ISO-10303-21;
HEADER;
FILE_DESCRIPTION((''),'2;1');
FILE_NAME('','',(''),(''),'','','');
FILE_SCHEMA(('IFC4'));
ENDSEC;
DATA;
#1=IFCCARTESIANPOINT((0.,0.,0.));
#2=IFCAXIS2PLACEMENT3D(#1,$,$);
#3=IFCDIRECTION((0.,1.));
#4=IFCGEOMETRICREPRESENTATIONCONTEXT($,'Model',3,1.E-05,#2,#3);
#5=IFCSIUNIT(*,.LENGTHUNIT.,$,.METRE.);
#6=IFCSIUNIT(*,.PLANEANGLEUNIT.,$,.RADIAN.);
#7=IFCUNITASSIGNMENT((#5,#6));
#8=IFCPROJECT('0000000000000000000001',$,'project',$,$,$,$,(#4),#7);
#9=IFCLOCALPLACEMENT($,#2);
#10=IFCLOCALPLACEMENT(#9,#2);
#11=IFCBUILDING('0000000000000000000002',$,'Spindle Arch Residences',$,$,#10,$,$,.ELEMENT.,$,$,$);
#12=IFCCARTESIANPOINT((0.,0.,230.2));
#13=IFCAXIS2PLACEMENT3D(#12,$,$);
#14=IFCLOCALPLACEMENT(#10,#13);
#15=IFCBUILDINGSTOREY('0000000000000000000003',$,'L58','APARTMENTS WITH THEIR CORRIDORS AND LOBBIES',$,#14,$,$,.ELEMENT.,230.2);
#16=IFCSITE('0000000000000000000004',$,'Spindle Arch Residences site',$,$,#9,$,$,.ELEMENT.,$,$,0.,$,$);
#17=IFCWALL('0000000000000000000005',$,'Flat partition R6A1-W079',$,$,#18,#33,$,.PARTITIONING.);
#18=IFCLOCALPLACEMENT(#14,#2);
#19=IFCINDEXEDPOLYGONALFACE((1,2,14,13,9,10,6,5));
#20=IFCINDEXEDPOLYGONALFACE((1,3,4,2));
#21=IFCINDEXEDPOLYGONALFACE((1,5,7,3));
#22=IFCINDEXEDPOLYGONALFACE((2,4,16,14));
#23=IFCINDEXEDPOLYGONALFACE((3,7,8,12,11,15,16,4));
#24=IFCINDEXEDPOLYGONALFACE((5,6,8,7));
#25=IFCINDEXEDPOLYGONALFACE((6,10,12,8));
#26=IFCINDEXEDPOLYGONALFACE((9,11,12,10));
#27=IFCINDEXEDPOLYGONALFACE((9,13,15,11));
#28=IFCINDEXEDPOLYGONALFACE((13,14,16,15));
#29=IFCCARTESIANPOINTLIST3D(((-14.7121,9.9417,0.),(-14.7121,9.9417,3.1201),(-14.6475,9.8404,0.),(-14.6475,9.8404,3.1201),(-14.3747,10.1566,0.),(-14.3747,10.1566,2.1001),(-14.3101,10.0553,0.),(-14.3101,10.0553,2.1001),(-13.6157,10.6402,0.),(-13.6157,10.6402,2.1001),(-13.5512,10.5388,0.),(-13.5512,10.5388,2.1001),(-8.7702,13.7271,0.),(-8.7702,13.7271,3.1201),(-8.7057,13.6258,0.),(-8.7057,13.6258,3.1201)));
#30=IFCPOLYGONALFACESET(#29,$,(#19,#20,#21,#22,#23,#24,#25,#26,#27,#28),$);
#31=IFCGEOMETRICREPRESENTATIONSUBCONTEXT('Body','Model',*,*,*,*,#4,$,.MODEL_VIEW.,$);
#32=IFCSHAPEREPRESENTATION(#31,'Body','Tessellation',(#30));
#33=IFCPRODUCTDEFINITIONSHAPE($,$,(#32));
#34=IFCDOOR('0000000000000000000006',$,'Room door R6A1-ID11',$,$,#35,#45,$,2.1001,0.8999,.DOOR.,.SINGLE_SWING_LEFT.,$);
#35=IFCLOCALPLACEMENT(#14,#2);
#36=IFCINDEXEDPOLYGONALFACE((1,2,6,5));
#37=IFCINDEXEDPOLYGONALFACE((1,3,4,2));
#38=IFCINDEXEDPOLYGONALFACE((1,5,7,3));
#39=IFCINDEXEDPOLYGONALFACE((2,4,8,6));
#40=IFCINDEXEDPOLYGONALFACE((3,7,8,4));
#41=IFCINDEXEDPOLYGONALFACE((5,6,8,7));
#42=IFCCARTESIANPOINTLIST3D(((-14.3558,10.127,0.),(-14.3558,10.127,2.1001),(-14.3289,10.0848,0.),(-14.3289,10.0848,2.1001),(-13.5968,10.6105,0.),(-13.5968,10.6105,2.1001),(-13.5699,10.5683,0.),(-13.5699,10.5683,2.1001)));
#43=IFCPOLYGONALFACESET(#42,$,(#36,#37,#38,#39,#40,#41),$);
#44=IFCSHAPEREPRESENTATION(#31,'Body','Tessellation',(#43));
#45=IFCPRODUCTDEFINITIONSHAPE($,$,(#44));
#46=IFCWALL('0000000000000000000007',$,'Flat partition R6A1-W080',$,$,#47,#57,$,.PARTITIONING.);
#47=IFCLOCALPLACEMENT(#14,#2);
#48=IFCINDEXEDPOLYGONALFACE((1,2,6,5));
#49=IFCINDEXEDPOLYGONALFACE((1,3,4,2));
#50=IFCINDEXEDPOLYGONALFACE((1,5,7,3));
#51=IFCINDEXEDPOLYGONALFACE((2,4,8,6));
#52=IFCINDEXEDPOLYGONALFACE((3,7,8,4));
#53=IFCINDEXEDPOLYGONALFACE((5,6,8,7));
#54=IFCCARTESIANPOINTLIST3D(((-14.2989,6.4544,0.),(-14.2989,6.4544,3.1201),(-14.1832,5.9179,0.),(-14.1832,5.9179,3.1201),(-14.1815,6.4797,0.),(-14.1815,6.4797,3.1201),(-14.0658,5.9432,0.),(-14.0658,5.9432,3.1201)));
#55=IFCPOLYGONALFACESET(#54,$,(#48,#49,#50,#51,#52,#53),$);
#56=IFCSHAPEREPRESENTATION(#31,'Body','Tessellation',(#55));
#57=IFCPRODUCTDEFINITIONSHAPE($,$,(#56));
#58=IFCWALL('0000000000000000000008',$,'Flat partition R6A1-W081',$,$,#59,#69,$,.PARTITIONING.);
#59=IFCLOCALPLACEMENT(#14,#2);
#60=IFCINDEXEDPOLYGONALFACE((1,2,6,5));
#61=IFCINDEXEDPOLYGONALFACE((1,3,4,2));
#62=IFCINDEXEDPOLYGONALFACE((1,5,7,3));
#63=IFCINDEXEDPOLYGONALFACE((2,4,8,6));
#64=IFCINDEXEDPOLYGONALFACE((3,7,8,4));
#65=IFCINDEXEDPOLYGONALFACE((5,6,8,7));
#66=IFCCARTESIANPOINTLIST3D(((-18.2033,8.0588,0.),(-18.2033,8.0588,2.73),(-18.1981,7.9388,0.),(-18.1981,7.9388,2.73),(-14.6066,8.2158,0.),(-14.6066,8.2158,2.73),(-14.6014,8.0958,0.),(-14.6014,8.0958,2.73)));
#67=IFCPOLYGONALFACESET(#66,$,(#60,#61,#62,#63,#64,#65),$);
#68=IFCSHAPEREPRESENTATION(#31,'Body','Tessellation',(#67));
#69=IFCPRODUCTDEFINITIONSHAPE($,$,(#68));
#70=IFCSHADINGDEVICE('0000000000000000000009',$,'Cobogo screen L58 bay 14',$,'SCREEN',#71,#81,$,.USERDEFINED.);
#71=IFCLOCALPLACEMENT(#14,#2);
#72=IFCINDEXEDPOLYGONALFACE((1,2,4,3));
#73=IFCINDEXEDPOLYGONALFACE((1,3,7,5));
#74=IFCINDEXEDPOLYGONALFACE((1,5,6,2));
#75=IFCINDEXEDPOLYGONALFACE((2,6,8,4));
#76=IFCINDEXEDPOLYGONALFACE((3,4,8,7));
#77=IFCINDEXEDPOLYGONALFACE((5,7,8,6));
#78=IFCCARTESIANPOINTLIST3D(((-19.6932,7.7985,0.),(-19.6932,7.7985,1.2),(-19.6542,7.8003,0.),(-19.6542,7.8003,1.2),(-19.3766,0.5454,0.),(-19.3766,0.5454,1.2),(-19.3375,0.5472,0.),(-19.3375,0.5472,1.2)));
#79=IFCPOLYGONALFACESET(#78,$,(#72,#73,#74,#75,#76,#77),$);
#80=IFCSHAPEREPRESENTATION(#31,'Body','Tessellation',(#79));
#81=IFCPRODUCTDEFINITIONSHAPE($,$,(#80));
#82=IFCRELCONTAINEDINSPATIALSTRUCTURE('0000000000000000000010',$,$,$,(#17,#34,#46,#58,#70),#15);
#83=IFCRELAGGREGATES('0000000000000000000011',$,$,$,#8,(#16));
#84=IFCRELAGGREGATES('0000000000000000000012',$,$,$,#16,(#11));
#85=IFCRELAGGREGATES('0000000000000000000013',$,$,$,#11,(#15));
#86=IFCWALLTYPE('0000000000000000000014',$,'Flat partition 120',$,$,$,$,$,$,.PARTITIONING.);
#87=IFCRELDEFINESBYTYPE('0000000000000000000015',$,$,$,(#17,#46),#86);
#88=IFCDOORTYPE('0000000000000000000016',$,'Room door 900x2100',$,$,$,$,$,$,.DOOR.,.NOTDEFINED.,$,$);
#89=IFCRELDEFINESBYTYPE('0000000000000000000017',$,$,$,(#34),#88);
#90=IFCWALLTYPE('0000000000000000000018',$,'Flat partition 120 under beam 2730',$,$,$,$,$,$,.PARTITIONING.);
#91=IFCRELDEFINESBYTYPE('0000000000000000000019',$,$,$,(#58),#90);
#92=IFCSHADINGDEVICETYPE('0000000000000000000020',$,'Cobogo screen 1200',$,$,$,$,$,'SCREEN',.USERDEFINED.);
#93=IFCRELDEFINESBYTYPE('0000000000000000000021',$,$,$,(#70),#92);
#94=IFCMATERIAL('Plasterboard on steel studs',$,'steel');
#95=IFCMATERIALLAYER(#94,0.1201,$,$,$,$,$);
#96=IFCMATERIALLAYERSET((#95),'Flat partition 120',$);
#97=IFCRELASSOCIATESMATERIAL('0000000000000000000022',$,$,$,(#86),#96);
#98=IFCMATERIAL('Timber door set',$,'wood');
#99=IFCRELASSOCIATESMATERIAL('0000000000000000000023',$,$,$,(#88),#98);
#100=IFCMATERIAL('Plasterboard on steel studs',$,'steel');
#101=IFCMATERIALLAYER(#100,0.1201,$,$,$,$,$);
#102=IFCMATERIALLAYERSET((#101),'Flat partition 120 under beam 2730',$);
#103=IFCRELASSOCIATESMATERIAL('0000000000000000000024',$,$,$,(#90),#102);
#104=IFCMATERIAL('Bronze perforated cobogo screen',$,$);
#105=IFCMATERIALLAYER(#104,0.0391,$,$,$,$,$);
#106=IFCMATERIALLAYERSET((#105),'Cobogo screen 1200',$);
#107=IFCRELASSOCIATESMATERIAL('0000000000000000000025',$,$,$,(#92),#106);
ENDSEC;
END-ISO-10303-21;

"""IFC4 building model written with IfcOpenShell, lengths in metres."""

from ifc_helpers import new_model, si_unit, direction, frame, frame_2d, origin, origin_2d, place, context, subcontext, project, spatial, rectangle, extrude, material, layer, layer_set, type_object, element, fill, save


model = new_model("IFC4")

# Units and contexts
model_context = context("Model", 3, precision=1e-05, world=origin(), true_north=direction((0.0, 1.0)))
body_context = subcontext(model_context, "Body", "Model", "MODEL_VIEW")
ifc_project = project(units=[si_unit("LENGTHUNIT", "METRE"), si_unit("PLANEANGLEUNIT", "RADIAN")], contexts=[model_context])

# Site, building, storey
site_placement = place(None, origin())
site = spatial("IfcSite", under=ifc_project, at=site_placement, Name="Spindle Arch Residences site", CompositionType="ELEMENT", RefElevation=0.0)
building_placement = place(site_placement, origin())
building = spatial("IfcBuilding", under=site, at=building_placement, Name="Spindle Arch Residences", CompositionType="ELEMENT")
storey_placement = place(building_placement, frame((0.0, 0.0, 230.2)))
storey = spatial("IfcBuildingStorey", under=building, at=storey_placement, Name="L58", Description="APARTMENTS WITH THEIR CORRIDORS AND LOBBIES", CompositionType="ELEMENT", Elevation=230.2)

# Shared definitions
ifc_material_1 = material(Name="Plasterboard on steel studs", Category="steel")
ifc_layer_1 = layer(ifc_material_1, 0.1201)
ifc_layer_set_1 = layer_set([ifc_layer_1], Name="Flat partition 120")
wall_type_1 = type_object("IfcWallType", Name="Flat partition 120", PredefinedType="PARTITIONING", material=ifc_layer_set_1)

# Wall, opening, door
ifc_material_2 = material(Name="Timber door set", Category="wood")
door_type_1 = type_object("IfcDoorType", Name="Room door 900x2100", OperationType="NOTDEFINED", PredefinedType="DOOR", material=ifc_material_2)
wall_1_placement = place(storey_placement, frame((-14.6797, 9.8911, 0.0), z_axis=(0.0, 0.0, 1.0), x_axis=(0.843392, 0.537299, 0.0)))
wall_1 = element("IfcWall", 1, at=wall_1_placement, inside=storey, type_object=wall_type_1, Name="Flat partition R6A1-W079", PredefinedType="PARTITIONING", context=body_context, shape_type="SweptSolid", body=[
    extrude(rectangle(XDim=7.0452, YDim=0.1201, at=frame_2d((3.5225, 0.0))), origin(), (0.0, 0.0, 1.0), 3.1201),
])
opening_1_placement = place(wall_1_placement, frame((0.3999, 0.0, 0.0)))
opening_1 = element("IfcOpeningElement", 2, at=opening_1_placement, cuts=wall_1, PredefinedType="OPENING", context=body_context, shape_type="SweptSolid", body=[
    extrude(rectangle(XDim=0.8999, YDim=2.1001, at=frame_2d((0.45, 1.05))), frame((0.0, 0.0701, 0.0), z_axis=(0.0, -1.0, 0.0), x_axis=(1.0, 0.0, 0.0)), (0.0, 0.0, 1.0), 0.1401),
])
door_1_placement = place(opening_1_placement, origin())
door_1 = element("IfcDoor", 3, at=door_1_placement, inside=storey, type_object=door_type_1, Name="Room door R6A1-ID11", OperationType="SINGLE_SWING_LEFT", OverallHeight=2.1001, OverallWidth=0.8999, PredefinedType="DOOR", context=body_context, shape_type="SweptSolid", body=[
    extrude(rectangle(XDim=0.8999, YDim=2.1001, at=frame_2d((0.45, 1.05))), frame((0.0, 0.0249, 0.0), z_axis=(0.0, -1.0, 0.0), x_axis=(1.0, 0.0, 0.0)), (0.0, 0.0, 1.0), 0.05),
])
fill(opening_1, door_1)

# Walls
wall_2_placement = place(storey_placement, frame((-14.2402, 6.467, 0.0), z_axis=(0.0, 0.0, 1.0), x_axis=(0.210896, -0.977508, 0.0)))
element("IfcWall", 4, at=wall_2_placement, inside=storey, type_object=wall_type_1, Name="Flat partition R6A1-W080", PredefinedType="PARTITIONING", context=body_context, shape_type="SweptSolid", body=[
    extrude(rectangle(XDim=0.5488, YDim=0.1201, at=frame_2d((0.2744, 0.0))), origin(), (0.0, 0.0, 1.0), 3.1201),
])
ifc_material_3 = material(Name="Plasterboard on steel studs", Category="steel")
ifc_layer_2 = layer(ifc_material_3, 0.1201)
ifc_layer_set_2 = layer_set([ifc_layer_2], Name="Flat partition 120 under beam 2730")
wall_type_2 = type_object("IfcWallType", Name="Flat partition 120 under beam 2730", PredefinedType="PARTITIONING", material=ifc_layer_set_2)
wall_3_placement = place(storey_placement, frame((-18.2007, 7.9988, 0.0), z_axis=(0.0, 0.0, 1.0), x_axis=(0.999049, 0.043605, 0.0)))
element("IfcWall", 5, at=wall_3_placement, inside=storey, type_object=wall_type_2, Name="Flat partition R6A1-W081", PredefinedType="PARTITIONING", context=body_context, shape_type="SweptSolid", body=[
    extrude(rectangle(XDim=3.6001, YDim=0.1201, at=frame_2d((1.8, 0.0))), origin(), (0.0, 0.0, 1.0), 2.73),
])

# Shading device
ifc_material_4 = material(Name="Bronze perforated cobogo screen")
ifc_layer_3 = layer(ifc_material_4, 0.0391)
ifc_layer_set_3 = layer_set([ifc_layer_3], Name="Cobogo screen 1200")
shading_device_type = type_object("IfcShadingDeviceType", Name="Cobogo screen 1200", ElementType="SCREEN", PredefinedType="USERDEFINED", material=ifc_layer_set_3)
shading_device_placement = place(storey_placement, frame((-19.5154, 4.1729, 0.0), z_axis=(0.0, 0.0, 1.0), x_axis=(0.043619, -0.999048, 0.0)))
element("IfcShadingDevice", 6, at=shading_device_placement, inside=storey, type_object=shading_device_type, Name="Cobogo screen L58 bay 14", ObjectType="SCREEN", PredefinedType="USERDEFINED", context=body_context, shape_type="SweptSolid", body=[
    extrude(rectangle(XDim=7.26, YDim=0.0391, at=origin_2d()), origin(), (0.0, 0.0, 1.0), 1.2),
])

save(model, "model.ifc")
